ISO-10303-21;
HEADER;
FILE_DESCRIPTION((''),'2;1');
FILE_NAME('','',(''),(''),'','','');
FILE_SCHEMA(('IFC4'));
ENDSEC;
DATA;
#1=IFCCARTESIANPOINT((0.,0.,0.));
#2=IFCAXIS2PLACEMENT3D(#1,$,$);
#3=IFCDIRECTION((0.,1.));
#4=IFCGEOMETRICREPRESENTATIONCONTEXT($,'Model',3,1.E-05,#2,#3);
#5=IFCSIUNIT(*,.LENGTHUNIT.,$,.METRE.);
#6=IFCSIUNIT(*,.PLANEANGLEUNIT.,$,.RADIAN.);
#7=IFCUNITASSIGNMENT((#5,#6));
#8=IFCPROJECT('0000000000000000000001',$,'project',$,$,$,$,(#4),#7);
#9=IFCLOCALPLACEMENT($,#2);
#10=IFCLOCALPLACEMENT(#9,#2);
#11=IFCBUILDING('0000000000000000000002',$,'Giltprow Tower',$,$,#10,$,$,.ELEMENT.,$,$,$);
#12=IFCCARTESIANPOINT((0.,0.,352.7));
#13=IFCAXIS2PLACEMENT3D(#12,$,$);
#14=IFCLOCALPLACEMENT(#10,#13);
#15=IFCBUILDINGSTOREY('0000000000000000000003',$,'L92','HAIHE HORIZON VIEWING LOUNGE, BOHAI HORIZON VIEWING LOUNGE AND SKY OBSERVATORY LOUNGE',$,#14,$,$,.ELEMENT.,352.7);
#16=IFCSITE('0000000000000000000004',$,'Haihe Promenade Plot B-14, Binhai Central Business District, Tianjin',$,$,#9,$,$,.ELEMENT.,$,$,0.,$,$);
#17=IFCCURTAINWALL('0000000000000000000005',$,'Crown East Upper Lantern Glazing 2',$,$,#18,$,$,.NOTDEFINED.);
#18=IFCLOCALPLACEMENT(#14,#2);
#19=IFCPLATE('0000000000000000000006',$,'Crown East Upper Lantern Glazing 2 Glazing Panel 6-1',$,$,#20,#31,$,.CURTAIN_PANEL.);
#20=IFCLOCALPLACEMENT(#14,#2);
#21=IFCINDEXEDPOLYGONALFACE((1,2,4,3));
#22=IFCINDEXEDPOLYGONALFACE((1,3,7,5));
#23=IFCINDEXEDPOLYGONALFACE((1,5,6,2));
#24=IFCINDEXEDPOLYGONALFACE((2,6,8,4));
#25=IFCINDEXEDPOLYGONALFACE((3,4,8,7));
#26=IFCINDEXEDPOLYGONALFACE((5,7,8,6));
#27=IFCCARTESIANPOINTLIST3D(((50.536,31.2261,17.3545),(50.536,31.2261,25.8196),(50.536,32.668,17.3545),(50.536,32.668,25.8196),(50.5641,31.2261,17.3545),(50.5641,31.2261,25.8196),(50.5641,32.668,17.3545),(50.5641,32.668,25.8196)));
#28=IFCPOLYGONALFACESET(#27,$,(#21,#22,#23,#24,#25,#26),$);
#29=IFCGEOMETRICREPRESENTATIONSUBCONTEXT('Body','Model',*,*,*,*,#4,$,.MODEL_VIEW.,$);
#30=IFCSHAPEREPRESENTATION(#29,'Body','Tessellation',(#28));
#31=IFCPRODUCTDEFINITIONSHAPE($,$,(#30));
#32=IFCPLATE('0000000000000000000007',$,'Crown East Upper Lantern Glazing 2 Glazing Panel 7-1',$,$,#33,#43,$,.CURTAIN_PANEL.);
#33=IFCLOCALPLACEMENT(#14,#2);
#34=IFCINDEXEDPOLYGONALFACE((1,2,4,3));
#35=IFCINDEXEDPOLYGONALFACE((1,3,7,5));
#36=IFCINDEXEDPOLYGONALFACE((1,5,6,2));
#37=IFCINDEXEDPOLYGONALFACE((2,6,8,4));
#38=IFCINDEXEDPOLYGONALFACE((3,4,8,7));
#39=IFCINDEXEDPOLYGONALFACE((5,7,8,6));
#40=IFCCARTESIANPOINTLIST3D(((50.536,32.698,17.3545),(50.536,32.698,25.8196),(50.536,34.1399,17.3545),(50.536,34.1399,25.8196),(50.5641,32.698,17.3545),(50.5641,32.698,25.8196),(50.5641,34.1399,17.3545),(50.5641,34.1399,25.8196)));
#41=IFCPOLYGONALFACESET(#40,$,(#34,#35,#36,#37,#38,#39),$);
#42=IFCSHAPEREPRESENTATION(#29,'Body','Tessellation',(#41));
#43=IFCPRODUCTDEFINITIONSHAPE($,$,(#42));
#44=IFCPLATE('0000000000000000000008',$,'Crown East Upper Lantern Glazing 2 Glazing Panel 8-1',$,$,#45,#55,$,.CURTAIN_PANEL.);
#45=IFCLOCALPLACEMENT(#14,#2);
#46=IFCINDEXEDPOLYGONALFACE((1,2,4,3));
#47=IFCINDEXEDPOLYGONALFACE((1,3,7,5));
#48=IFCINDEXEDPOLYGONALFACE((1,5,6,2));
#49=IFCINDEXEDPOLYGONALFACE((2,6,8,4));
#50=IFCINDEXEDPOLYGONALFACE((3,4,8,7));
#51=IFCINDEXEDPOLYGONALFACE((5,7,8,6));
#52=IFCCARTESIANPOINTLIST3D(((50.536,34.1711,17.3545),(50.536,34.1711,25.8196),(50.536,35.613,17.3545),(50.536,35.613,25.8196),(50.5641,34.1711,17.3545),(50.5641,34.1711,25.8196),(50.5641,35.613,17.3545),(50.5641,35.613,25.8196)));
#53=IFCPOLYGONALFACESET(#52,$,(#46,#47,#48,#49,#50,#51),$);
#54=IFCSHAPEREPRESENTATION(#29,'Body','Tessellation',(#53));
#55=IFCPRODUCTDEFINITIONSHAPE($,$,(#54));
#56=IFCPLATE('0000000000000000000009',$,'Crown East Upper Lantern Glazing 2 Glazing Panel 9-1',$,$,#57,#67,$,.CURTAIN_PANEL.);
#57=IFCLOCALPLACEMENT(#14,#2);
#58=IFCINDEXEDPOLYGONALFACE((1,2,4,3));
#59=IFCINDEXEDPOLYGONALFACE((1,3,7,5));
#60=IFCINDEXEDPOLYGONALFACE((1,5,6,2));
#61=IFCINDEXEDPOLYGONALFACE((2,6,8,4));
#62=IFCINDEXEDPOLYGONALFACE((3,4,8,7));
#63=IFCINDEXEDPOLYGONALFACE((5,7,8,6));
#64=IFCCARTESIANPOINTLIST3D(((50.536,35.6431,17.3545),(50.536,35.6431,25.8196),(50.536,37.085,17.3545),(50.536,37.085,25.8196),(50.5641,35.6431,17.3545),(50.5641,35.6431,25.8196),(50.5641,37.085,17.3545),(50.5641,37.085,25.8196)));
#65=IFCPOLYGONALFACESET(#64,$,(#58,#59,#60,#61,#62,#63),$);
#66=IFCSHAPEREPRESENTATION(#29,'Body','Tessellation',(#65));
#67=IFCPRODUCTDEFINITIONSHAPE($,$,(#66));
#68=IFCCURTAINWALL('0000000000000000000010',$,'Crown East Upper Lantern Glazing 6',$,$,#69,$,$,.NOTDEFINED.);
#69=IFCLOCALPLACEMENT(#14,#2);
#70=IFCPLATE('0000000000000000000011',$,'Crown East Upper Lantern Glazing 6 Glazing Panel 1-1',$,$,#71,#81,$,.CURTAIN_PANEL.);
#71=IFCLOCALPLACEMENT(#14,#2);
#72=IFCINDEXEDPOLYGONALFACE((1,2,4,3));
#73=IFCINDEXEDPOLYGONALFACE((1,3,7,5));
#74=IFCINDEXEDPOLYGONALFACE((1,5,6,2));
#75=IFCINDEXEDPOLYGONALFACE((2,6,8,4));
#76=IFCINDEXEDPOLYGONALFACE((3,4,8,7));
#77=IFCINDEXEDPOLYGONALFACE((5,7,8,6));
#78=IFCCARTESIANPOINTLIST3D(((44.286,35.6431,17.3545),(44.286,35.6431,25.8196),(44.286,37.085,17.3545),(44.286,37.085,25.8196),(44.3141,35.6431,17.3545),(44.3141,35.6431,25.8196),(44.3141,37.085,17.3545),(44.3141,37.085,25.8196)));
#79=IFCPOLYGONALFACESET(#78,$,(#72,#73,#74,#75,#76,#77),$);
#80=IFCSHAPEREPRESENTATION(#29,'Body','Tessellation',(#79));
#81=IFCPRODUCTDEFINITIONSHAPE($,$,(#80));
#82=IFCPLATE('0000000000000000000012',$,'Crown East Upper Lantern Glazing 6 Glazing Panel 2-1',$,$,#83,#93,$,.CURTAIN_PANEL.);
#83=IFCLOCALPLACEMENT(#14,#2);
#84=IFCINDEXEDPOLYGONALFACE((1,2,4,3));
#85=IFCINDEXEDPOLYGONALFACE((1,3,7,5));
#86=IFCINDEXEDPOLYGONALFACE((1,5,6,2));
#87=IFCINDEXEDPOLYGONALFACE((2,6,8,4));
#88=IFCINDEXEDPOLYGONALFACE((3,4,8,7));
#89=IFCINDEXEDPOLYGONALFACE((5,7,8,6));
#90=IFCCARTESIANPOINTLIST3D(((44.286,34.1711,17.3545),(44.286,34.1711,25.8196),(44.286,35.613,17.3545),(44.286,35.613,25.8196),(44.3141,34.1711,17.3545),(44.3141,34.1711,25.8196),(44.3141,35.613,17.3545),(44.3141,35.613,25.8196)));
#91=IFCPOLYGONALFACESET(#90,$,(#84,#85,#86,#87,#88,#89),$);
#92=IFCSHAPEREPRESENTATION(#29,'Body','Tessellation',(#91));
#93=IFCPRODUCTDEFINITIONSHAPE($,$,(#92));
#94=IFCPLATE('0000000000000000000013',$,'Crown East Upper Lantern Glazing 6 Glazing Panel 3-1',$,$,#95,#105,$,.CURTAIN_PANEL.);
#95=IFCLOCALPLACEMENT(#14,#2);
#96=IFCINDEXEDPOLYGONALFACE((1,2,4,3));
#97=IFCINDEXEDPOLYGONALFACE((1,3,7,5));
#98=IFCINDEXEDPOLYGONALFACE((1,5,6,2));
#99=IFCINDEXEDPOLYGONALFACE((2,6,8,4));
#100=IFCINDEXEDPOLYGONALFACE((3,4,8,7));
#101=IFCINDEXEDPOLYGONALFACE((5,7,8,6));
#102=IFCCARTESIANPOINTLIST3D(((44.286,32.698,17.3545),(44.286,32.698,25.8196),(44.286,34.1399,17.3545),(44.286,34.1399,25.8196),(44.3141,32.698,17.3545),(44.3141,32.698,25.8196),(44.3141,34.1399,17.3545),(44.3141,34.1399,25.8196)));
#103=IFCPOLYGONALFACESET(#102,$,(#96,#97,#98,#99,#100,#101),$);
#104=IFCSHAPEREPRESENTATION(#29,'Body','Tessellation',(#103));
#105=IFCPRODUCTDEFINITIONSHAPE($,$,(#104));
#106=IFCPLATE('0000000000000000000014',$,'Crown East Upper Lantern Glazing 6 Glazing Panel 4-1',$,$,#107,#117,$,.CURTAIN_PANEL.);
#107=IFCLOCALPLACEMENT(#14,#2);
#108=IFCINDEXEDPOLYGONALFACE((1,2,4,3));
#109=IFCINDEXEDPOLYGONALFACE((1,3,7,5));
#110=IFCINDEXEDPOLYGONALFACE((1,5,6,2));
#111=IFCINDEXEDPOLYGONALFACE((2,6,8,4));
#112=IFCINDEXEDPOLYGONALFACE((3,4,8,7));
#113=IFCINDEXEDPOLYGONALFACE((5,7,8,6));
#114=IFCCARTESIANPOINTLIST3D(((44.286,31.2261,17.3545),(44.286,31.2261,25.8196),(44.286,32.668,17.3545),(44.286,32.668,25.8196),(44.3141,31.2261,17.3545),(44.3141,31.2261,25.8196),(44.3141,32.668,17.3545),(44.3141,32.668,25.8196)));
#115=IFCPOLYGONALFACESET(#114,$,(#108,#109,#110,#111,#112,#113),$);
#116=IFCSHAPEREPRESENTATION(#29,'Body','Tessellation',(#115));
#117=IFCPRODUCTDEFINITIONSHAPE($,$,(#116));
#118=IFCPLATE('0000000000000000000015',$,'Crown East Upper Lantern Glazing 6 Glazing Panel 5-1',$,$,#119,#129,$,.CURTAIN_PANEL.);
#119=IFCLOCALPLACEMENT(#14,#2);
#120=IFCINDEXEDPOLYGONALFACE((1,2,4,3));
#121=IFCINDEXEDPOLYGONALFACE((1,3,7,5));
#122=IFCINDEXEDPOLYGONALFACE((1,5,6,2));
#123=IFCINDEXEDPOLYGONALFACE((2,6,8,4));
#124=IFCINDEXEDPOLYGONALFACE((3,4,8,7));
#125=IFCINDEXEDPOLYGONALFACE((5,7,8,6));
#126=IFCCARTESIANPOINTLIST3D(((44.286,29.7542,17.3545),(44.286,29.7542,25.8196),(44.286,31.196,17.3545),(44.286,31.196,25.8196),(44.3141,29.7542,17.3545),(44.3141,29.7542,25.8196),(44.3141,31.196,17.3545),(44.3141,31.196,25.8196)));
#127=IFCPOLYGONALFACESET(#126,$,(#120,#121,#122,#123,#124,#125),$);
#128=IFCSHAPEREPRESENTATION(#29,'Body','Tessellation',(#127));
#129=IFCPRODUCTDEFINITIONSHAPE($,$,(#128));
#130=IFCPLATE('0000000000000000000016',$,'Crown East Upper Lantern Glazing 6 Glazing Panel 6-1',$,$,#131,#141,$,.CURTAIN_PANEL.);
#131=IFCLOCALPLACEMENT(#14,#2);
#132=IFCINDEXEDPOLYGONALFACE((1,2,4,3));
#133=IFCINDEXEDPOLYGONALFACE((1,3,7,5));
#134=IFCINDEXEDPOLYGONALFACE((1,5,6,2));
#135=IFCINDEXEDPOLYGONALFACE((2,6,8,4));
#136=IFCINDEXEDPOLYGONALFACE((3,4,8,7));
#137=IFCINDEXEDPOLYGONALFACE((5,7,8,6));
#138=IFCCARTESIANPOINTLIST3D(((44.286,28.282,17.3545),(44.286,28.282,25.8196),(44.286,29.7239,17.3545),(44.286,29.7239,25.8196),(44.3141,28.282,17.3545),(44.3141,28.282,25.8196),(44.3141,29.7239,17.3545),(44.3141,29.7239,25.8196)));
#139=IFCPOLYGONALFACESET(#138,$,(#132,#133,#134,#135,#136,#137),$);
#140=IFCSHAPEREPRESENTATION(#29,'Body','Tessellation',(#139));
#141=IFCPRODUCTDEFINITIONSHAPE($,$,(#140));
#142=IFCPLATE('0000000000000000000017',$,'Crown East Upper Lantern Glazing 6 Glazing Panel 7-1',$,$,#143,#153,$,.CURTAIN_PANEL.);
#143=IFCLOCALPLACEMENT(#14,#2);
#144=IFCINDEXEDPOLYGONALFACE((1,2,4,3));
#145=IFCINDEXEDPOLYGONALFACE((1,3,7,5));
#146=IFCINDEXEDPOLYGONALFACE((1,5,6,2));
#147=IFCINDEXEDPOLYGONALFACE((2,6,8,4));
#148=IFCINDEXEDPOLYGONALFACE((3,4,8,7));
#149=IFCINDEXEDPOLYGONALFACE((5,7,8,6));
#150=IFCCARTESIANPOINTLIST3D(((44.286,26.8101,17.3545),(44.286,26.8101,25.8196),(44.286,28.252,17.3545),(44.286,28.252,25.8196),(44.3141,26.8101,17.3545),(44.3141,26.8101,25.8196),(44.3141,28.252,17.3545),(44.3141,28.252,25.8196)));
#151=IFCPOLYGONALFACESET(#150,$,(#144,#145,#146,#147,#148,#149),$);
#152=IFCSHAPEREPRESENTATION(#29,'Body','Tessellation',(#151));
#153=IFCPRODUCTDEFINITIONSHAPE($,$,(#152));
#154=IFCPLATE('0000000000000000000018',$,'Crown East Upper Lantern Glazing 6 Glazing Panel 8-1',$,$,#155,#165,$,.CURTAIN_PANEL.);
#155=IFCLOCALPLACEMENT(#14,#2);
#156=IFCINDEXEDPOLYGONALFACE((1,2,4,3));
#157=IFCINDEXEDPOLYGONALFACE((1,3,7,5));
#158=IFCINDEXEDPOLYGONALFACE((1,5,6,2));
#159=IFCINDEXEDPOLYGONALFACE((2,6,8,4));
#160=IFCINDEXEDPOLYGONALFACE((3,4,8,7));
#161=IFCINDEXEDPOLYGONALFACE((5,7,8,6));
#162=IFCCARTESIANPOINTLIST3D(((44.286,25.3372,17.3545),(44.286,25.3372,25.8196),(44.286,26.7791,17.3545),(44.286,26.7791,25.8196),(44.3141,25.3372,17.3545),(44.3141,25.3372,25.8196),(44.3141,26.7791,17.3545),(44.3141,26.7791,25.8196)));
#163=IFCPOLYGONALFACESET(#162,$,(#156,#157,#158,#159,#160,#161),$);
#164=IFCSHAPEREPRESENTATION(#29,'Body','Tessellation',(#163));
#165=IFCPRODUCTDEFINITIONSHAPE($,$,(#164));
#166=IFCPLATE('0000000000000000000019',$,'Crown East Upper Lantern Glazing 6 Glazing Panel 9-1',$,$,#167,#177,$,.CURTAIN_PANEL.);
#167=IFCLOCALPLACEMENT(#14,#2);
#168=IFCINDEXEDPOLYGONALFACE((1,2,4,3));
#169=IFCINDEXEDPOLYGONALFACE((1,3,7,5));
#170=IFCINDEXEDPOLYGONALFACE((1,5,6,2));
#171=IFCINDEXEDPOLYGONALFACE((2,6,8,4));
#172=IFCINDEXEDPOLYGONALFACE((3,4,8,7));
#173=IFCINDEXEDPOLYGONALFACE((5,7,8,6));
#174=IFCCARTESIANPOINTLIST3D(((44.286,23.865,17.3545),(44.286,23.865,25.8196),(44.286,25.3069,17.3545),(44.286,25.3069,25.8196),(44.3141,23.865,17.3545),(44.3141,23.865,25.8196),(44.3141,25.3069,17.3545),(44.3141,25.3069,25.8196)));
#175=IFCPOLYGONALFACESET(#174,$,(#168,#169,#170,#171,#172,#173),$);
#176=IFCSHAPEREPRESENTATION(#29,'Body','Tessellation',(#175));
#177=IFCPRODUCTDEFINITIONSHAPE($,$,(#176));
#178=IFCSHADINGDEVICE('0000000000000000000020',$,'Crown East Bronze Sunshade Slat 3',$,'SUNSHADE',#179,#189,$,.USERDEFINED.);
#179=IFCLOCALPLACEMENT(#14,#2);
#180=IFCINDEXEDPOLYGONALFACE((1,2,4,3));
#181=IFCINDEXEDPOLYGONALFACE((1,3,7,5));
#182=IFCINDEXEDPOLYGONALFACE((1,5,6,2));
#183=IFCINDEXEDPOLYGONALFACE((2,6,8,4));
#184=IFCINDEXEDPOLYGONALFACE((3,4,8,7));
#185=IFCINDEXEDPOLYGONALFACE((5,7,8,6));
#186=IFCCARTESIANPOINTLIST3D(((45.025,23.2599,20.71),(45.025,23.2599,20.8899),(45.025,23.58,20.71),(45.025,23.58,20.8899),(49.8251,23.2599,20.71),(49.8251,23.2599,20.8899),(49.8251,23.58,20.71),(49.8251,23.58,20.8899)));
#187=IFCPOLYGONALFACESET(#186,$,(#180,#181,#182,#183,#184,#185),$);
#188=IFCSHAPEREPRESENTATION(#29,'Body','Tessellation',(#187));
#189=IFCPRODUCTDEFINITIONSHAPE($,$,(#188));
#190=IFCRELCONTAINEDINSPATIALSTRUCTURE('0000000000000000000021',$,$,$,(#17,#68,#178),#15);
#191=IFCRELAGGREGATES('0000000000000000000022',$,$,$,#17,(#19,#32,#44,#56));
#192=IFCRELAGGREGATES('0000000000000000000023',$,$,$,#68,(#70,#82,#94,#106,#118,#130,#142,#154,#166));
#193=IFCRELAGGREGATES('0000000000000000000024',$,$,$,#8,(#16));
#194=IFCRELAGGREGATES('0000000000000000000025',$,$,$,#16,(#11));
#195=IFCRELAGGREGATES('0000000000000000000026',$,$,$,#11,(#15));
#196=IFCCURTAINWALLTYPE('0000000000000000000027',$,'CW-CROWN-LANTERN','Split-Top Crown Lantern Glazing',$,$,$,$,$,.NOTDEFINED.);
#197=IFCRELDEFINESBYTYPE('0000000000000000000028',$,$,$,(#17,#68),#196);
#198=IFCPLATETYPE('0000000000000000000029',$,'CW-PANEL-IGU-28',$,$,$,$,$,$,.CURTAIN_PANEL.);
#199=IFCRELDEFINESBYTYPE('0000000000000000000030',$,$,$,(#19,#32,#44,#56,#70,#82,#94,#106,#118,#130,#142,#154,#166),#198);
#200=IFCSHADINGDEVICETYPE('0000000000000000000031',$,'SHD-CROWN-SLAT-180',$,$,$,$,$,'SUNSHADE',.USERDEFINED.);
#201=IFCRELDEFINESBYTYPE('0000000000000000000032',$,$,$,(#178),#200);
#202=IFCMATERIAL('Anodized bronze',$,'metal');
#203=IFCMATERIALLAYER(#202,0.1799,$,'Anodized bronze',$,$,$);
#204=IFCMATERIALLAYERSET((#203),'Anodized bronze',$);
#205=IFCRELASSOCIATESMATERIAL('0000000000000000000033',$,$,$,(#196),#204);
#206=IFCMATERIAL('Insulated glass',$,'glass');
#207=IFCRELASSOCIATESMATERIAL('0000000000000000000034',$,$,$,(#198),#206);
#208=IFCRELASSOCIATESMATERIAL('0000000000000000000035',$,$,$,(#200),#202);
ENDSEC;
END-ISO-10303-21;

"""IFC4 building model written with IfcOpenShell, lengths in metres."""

from ifc_helpers import new_model, si_unit, direction, frame, origin, origin_2d, place, context, subcontext, project, spatial, rectangle, extrude, source, transform, mapped, material, layer, layer_set, type_object, element, aggregate, save


model = new_model("IFC4")

# Units and contexts
model_context = context("Model", 3, precision=1e-05, world=origin(), true_north=direction((0.0, 1.0)))
body_context = subcontext(model_context, "Body", "Model", "MODEL_VIEW")
ifc_project = project(units=[si_unit("LENGTHUNIT", "METRE"), si_unit("PLANEANGLEUNIT", "RADIAN")], contexts=[model_context])

# Site, building, storey
site_placement = place(None, origin())
site = spatial("IfcSite", under=ifc_project, at=site_placement, Name="Haihe Promenade Plot B-14, Binhai Central Business District, Tianjin", CompositionType="ELEMENT", RefElevation=0.0)
building_placement = place(site_placement, origin())
building = spatial("IfcBuilding", under=site, at=building_placement, Name="Giltprow Tower", CompositionType="ELEMENT")
storey_placement = place(building_placement, frame((0.0, 0.0, 352.7)))
storey = spatial("IfcBuildingStorey", under=building, at=storey_placement, Name="L92", Description="HAIHE HORIZON VIEWING LOUNGE, BOHAI HORIZON VIEWING LOUNGE AND SKY OBSERVATORY LOUNGE", CompositionType="ELEMENT", Elevation=352.7)

# Curtain wall
ifc_material_1 = material(Name="Anodized bronze", Category="metal")
ifc_layer = layer(ifc_material_1, 0.1799, Name="Anodized bronze")
ifc_layer_set = layer_set([ifc_layer], Name="Anodized bronze")
curtain_wall_type = type_object("IfcCurtainWallType", Name="CW-CROWN-LANTERN", Description="Split-Top Crown Lantern Glazing", PredefinedType="NOTDEFINED", material=ifc_layer_set)
curtain_wall_1_placement = place(storey_placement, origin())
curtain_wall_1 = element("IfcCurtainWall", 1, at=curtain_wall_1_placement, inside=storey, type_object=curtain_wall_type, Name="Crown East Upper Lantern Glazing 2", PredefinedType="NOTDEFINED")

# Shared definitions
ifc_material_2 = material(Name="Insulated glass", Category="glass")
plate_type = type_object("IfcPlateType", Name="CW-PANEL-IGU-28", PredefinedType="CURTAIN_PANEL", material=ifc_material_2)

# Plates
shared_shape_1 = source(origin(), body_context, "Body", "SweptSolid", [
    extrude(rectangle(XDim=1.4419, YDim=0.0281, at=origin_2d()), origin(), (0.0, 0.0, 1.0), 8.4651),
])
plate_1_placement = place(storey_placement, frame((50.55, 31.947, 17.3545), z_axis=(0.0, 0.0, 1.0), x_axis=(0.0, 1.0, 0.0)))
plate_1 = element("IfcPlate", 2, at=plate_1_placement, type_object=plate_type, Name="Crown East Upper Lantern Glazing 2 Glazing Panel 6-1", PredefinedType="CURTAIN_PANEL", context=body_context, shape_type="MappedRepresentation", body=[
    mapped(shared_shape_1, transform((0.0, 0.0, 0.0), x_axis=(1.0, 0.0, 0.0), y_axis=(0.0, 1.0, 0.0), z_axis=(0.0, 0.0, 1.0), scale=1.0)),
])
plate_2_placement = place(storey_placement, frame((50.55, 33.4189, 17.3545), z_axis=(0.0, 0.0, 1.0), x_axis=(0.0, 1.0, 0.0)))
plate_2 = element("IfcPlate", 3, at=plate_2_placement, type_object=plate_type, Name="Crown East Upper Lantern Glazing 2 Glazing Panel 7-1", PredefinedType="CURTAIN_PANEL", context=body_context, shape_type="MappedRepresentation", body=[
    mapped(shared_shape_1, transform((0.0, 0.0, 0.0), x_axis=(1.0, 0.0, 0.0), y_axis=(0.0, 1.0, 0.0), z_axis=(0.0, 0.0, 1.0), scale=1.0)),
])
plate_3_placement = place(storey_placement, frame((50.55, 34.8921, 17.3545), z_axis=(0.0, 0.0, 1.0), x_axis=(0.0, 1.0, 0.0)))
plate_3 = element("IfcPlate", 4, at=plate_3_placement, type_object=plate_type, Name="Crown East Upper Lantern Glazing 2 Glazing Panel 8-1", PredefinedType="CURTAIN_PANEL", context=body_context, shape_type="MappedRepresentation", body=[
    mapped(shared_shape_1, transform((0.0, 0.0, 0.0), x_axis=(1.0, 0.0, 0.0), y_axis=(0.0, 1.0, 0.0), z_axis=(0.0, 0.0, 1.0), scale=1.0)),
])
plate_4_placement = place(storey_placement, frame((50.55, 36.364, 17.3545), z_axis=(0.0, 0.0, 1.0), x_axis=(0.0, 1.0, 0.0)))
plate_4 = element("IfcPlate", 5, at=plate_4_placement, type_object=plate_type, Name="Crown East Upper Lantern Glazing 2 Glazing Panel 9-1", PredefinedType="CURTAIN_PANEL", context=body_context, shape_type="MappedRepresentation", body=[
    mapped(shared_shape_1, transform((0.0, 0.0, 0.0), x_axis=(1.0, 0.0, 0.0), y_axis=(0.0, 1.0, 0.0), z_axis=(0.0, 0.0, 1.0), scale=1.0)),
])
aggregate(curtain_wall_1, [plate_1, plate_2, plate_3, plate_4])

# Curtain wall, plates
curtain_wall_2_placement = place(storey_placement, origin())
curtain_wall_2 = element("IfcCurtainWall", 6, at=curtain_wall_2_placement, inside=storey, type_object=curtain_wall_type, Name="Crown East Upper Lantern Glazing 6", PredefinedType="NOTDEFINED")
plate_5_placement = place(storey_placement, frame((44.3, 36.364, 17.3545), z_axis=(0.0, 0.0, 1.0), x_axis=(0.0, -1.0, 0.0)))
plate_5 = element("IfcPlate", 7, at=plate_5_placement, type_object=plate_type, Name="Crown East Upper Lantern Glazing 6 Glazing Panel 1-1", PredefinedType="CURTAIN_PANEL", context=body_context, shape_type="MappedRepresentation", body=[
    mapped(shared_shape_1, transform((0.0, 0.0, 0.0), x_axis=(1.0, 0.0, 0.0), y_axis=(0.0, 1.0, 0.0), z_axis=(0.0, 0.0, 1.0), scale=1.0)),
])
plate_6_placement = place(storey_placement, frame((44.3, 34.8921, 17.3545), z_axis=(0.0, 0.0, 1.0), x_axis=(0.0, -1.0, 0.0)))
plate_6 = element("IfcPlate", 8, at=plate_6_placement, type_object=plate_type, Name="Crown East Upper Lantern Glazing 6 Glazing Panel 2-1", PredefinedType="CURTAIN_PANEL", context=body_context, shape_type="MappedRepresentation", body=[
    mapped(shared_shape_1, transform((0.0, 0.0, 0.0), x_axis=(1.0, 0.0, 0.0), y_axis=(0.0, 1.0, 0.0), z_axis=(0.0, 0.0, 1.0), scale=1.0)),
])
plate_7_placement = place(storey_placement, frame((44.3, 33.4189, 17.3545), z_axis=(0.0, 0.0, 1.0), x_axis=(0.0, -1.0, 0.0)))
plate_7 = element("IfcPlate", 9, at=plate_7_placement, type_object=plate_type, Name="Crown East Upper Lantern Glazing 6 Glazing Panel 3-1", PredefinedType="CURTAIN_PANEL", context=body_context, shape_type="MappedRepresentation", body=[
    mapped(shared_shape_1, transform((0.0, 0.0, 0.0), x_axis=(1.0, 0.0, 0.0), y_axis=(0.0, 1.0, 0.0), z_axis=(0.0, 0.0, 1.0), scale=1.0)),
])
plate_8_placement = place(storey_placement, frame((44.3, 31.947, 17.3545), z_axis=(0.0, 0.0, 1.0), x_axis=(0.0, -1.0, 0.0)))
plate_8 = element("IfcPlate", 10, at=plate_8_placement, type_object=plate_type, Name="Crown East Upper Lantern Glazing 6 Glazing Panel 4-1", PredefinedType="CURTAIN_PANEL", context=body_context, shape_type="MappedRepresentation", body=[
    mapped(shared_shape_1, transform((0.0, 0.0, 0.0), x_axis=(1.0, 0.0, 0.0), y_axis=(0.0, 1.0, 0.0), z_axis=(0.0, 0.0, 1.0), scale=1.0)),
])
plate_9_placement = place(storey_placement, frame((44.3, 30.4751, 17.3545), z_axis=(0.0, 0.0, 1.0), x_axis=(0.0, -1.0, 0.0)))
plate_9 = element("IfcPlate", 11, at=plate_9_placement, type_object=plate_type, Name="Crown East Upper Lantern Glazing 6 Glazing Panel 5-1", PredefinedType="CURTAIN_PANEL", context=body_context, shape_type="MappedRepresentation", body=[
    mapped(shared_shape_1, transform((0.0, 0.0, 0.0), x_axis=(1.0, 0.0, 0.0), y_axis=(0.0, 1.0, 0.0), z_axis=(0.0, 0.0, 1.0), scale=1.0)),
])
plate_10_placement = place(storey_placement, frame((44.3, 29.0029, 17.3545), z_axis=(0.0, 0.0, 1.0), x_axis=(0.0, -1.0, 0.0)))
plate_10 = element("IfcPlate", 12, at=plate_10_placement, type_object=plate_type, Name="Crown East Upper Lantern Glazing 6 Glazing Panel 6-1", PredefinedType="CURTAIN_PANEL", context=body_context, shape_type="MappedRepresentation", body=[
    mapped(shared_shape_1, transform((0.0, 0.0, 0.0), x_axis=(1.0, 0.0, 0.0), y_axis=(0.0, 1.0, 0.0), z_axis=(0.0, 0.0, 1.0), scale=1.0)),
])
plate_11_placement = place(storey_placement, frame((44.3, 27.531, 17.3545), z_axis=(0.0, 0.0, 1.0), x_axis=(0.0, -1.0, 0.0)))
plate_11 = element("IfcPlate", 13, at=plate_11_placement, type_object=plate_type, Name="Crown East Upper Lantern Glazing 6 Glazing Panel 7-1", PredefinedType="CURTAIN_PANEL", context=body_context, shape_type="MappedRepresentation", body=[
    mapped(shared_shape_1, transform((0.0, 0.0, 0.0), x_axis=(1.0, 0.0, 0.0), y_axis=(0.0, 1.0, 0.0), z_axis=(0.0, 0.0, 1.0), scale=1.0)),
])
plate_12_placement = place(storey_placement, frame((44.3, 26.0581, 17.3545), z_axis=(0.0, 0.0, 1.0), x_axis=(0.0, -1.0, 0.0)))
plate_12 = element("IfcPlate", 14, at=plate_12_placement, type_object=plate_type, Name="Crown East Upper Lantern Glazing 6 Glazing Panel 8-1", PredefinedType="CURTAIN_PANEL", context=body_context, shape_type="MappedRepresentation", body=[
    mapped(shared_shape_1, transform((0.0, 0.0, 0.0), x_axis=(1.0, 0.0, 0.0), y_axis=(0.0, 1.0, 0.0), z_axis=(0.0, 0.0, 1.0), scale=1.0)),
])
plate_13_placement = place(storey_placement, frame((44.3, 24.5859, 17.3545), z_axis=(0.0, 0.0, 1.0), x_axis=(0.0, -1.0, 0.0)))
plate_13 = element("IfcPlate", 15, at=plate_13_placement, type_object=plate_type, Name="Crown East Upper Lantern Glazing 6 Glazing Panel 9-1", PredefinedType="CURTAIN_PANEL", context=body_context, shape_type="MappedRepresentation", body=[
    mapped(shared_shape_1, transform((0.0, 0.0, 0.0), x_axis=(1.0, 0.0, 0.0), y_axis=(0.0, 1.0, 0.0), z_axis=(0.0, 0.0, 1.0), scale=1.0)),
])
aggregate(curtain_wall_2, [plate_5, plate_6, plate_7, plate_8, plate_9, plate_10, plate_11, plate_12, plate_13])

# Shading device
shading_device_type = type_object("IfcShadingDeviceType", Name="SHD-CROWN-SLAT-180", ElementType="SUNSHADE", PredefinedType="USERDEFINED", material=ifc_material_1)
shared_shape_2 = source(origin(), body_context, "Body", "SweptSolid", [
    extrude(rectangle(XDim=4.8, YDim=0.3201, at=origin_2d()), origin(), (0.0, 0.0, 1.0), 0.1799),
])
for number, where, z_axis, x_axis, name in (
    (16, (47.425, 23.4199, 20.71), (0.0, 0.0, 1.0), (1.0, 0.0, 0.0), "Crown East Bronze Sunshade Slat 3"),
):
    element("IfcShadingDevice", number, at=place(storey_placement, frame(where, z_axis=z_axis, x_axis=x_axis)), inside=storey, type_object=shading_device_type, Name=name, ObjectType="SUNSHADE", PredefinedType="USERDEFINED", context=body_context, shape_type="MappedRepresentation", body=[
        mapped(shared_shape_2, transform((0.0, 0.0, 0.0), x_axis=(1.0, 0.0, 0.0), y_axis=(0.0, 1.0, 0.0), z_axis=(0.0, 0.0, 1.0), scale=1.0)),
    ])

save(model, "model.ifc")
